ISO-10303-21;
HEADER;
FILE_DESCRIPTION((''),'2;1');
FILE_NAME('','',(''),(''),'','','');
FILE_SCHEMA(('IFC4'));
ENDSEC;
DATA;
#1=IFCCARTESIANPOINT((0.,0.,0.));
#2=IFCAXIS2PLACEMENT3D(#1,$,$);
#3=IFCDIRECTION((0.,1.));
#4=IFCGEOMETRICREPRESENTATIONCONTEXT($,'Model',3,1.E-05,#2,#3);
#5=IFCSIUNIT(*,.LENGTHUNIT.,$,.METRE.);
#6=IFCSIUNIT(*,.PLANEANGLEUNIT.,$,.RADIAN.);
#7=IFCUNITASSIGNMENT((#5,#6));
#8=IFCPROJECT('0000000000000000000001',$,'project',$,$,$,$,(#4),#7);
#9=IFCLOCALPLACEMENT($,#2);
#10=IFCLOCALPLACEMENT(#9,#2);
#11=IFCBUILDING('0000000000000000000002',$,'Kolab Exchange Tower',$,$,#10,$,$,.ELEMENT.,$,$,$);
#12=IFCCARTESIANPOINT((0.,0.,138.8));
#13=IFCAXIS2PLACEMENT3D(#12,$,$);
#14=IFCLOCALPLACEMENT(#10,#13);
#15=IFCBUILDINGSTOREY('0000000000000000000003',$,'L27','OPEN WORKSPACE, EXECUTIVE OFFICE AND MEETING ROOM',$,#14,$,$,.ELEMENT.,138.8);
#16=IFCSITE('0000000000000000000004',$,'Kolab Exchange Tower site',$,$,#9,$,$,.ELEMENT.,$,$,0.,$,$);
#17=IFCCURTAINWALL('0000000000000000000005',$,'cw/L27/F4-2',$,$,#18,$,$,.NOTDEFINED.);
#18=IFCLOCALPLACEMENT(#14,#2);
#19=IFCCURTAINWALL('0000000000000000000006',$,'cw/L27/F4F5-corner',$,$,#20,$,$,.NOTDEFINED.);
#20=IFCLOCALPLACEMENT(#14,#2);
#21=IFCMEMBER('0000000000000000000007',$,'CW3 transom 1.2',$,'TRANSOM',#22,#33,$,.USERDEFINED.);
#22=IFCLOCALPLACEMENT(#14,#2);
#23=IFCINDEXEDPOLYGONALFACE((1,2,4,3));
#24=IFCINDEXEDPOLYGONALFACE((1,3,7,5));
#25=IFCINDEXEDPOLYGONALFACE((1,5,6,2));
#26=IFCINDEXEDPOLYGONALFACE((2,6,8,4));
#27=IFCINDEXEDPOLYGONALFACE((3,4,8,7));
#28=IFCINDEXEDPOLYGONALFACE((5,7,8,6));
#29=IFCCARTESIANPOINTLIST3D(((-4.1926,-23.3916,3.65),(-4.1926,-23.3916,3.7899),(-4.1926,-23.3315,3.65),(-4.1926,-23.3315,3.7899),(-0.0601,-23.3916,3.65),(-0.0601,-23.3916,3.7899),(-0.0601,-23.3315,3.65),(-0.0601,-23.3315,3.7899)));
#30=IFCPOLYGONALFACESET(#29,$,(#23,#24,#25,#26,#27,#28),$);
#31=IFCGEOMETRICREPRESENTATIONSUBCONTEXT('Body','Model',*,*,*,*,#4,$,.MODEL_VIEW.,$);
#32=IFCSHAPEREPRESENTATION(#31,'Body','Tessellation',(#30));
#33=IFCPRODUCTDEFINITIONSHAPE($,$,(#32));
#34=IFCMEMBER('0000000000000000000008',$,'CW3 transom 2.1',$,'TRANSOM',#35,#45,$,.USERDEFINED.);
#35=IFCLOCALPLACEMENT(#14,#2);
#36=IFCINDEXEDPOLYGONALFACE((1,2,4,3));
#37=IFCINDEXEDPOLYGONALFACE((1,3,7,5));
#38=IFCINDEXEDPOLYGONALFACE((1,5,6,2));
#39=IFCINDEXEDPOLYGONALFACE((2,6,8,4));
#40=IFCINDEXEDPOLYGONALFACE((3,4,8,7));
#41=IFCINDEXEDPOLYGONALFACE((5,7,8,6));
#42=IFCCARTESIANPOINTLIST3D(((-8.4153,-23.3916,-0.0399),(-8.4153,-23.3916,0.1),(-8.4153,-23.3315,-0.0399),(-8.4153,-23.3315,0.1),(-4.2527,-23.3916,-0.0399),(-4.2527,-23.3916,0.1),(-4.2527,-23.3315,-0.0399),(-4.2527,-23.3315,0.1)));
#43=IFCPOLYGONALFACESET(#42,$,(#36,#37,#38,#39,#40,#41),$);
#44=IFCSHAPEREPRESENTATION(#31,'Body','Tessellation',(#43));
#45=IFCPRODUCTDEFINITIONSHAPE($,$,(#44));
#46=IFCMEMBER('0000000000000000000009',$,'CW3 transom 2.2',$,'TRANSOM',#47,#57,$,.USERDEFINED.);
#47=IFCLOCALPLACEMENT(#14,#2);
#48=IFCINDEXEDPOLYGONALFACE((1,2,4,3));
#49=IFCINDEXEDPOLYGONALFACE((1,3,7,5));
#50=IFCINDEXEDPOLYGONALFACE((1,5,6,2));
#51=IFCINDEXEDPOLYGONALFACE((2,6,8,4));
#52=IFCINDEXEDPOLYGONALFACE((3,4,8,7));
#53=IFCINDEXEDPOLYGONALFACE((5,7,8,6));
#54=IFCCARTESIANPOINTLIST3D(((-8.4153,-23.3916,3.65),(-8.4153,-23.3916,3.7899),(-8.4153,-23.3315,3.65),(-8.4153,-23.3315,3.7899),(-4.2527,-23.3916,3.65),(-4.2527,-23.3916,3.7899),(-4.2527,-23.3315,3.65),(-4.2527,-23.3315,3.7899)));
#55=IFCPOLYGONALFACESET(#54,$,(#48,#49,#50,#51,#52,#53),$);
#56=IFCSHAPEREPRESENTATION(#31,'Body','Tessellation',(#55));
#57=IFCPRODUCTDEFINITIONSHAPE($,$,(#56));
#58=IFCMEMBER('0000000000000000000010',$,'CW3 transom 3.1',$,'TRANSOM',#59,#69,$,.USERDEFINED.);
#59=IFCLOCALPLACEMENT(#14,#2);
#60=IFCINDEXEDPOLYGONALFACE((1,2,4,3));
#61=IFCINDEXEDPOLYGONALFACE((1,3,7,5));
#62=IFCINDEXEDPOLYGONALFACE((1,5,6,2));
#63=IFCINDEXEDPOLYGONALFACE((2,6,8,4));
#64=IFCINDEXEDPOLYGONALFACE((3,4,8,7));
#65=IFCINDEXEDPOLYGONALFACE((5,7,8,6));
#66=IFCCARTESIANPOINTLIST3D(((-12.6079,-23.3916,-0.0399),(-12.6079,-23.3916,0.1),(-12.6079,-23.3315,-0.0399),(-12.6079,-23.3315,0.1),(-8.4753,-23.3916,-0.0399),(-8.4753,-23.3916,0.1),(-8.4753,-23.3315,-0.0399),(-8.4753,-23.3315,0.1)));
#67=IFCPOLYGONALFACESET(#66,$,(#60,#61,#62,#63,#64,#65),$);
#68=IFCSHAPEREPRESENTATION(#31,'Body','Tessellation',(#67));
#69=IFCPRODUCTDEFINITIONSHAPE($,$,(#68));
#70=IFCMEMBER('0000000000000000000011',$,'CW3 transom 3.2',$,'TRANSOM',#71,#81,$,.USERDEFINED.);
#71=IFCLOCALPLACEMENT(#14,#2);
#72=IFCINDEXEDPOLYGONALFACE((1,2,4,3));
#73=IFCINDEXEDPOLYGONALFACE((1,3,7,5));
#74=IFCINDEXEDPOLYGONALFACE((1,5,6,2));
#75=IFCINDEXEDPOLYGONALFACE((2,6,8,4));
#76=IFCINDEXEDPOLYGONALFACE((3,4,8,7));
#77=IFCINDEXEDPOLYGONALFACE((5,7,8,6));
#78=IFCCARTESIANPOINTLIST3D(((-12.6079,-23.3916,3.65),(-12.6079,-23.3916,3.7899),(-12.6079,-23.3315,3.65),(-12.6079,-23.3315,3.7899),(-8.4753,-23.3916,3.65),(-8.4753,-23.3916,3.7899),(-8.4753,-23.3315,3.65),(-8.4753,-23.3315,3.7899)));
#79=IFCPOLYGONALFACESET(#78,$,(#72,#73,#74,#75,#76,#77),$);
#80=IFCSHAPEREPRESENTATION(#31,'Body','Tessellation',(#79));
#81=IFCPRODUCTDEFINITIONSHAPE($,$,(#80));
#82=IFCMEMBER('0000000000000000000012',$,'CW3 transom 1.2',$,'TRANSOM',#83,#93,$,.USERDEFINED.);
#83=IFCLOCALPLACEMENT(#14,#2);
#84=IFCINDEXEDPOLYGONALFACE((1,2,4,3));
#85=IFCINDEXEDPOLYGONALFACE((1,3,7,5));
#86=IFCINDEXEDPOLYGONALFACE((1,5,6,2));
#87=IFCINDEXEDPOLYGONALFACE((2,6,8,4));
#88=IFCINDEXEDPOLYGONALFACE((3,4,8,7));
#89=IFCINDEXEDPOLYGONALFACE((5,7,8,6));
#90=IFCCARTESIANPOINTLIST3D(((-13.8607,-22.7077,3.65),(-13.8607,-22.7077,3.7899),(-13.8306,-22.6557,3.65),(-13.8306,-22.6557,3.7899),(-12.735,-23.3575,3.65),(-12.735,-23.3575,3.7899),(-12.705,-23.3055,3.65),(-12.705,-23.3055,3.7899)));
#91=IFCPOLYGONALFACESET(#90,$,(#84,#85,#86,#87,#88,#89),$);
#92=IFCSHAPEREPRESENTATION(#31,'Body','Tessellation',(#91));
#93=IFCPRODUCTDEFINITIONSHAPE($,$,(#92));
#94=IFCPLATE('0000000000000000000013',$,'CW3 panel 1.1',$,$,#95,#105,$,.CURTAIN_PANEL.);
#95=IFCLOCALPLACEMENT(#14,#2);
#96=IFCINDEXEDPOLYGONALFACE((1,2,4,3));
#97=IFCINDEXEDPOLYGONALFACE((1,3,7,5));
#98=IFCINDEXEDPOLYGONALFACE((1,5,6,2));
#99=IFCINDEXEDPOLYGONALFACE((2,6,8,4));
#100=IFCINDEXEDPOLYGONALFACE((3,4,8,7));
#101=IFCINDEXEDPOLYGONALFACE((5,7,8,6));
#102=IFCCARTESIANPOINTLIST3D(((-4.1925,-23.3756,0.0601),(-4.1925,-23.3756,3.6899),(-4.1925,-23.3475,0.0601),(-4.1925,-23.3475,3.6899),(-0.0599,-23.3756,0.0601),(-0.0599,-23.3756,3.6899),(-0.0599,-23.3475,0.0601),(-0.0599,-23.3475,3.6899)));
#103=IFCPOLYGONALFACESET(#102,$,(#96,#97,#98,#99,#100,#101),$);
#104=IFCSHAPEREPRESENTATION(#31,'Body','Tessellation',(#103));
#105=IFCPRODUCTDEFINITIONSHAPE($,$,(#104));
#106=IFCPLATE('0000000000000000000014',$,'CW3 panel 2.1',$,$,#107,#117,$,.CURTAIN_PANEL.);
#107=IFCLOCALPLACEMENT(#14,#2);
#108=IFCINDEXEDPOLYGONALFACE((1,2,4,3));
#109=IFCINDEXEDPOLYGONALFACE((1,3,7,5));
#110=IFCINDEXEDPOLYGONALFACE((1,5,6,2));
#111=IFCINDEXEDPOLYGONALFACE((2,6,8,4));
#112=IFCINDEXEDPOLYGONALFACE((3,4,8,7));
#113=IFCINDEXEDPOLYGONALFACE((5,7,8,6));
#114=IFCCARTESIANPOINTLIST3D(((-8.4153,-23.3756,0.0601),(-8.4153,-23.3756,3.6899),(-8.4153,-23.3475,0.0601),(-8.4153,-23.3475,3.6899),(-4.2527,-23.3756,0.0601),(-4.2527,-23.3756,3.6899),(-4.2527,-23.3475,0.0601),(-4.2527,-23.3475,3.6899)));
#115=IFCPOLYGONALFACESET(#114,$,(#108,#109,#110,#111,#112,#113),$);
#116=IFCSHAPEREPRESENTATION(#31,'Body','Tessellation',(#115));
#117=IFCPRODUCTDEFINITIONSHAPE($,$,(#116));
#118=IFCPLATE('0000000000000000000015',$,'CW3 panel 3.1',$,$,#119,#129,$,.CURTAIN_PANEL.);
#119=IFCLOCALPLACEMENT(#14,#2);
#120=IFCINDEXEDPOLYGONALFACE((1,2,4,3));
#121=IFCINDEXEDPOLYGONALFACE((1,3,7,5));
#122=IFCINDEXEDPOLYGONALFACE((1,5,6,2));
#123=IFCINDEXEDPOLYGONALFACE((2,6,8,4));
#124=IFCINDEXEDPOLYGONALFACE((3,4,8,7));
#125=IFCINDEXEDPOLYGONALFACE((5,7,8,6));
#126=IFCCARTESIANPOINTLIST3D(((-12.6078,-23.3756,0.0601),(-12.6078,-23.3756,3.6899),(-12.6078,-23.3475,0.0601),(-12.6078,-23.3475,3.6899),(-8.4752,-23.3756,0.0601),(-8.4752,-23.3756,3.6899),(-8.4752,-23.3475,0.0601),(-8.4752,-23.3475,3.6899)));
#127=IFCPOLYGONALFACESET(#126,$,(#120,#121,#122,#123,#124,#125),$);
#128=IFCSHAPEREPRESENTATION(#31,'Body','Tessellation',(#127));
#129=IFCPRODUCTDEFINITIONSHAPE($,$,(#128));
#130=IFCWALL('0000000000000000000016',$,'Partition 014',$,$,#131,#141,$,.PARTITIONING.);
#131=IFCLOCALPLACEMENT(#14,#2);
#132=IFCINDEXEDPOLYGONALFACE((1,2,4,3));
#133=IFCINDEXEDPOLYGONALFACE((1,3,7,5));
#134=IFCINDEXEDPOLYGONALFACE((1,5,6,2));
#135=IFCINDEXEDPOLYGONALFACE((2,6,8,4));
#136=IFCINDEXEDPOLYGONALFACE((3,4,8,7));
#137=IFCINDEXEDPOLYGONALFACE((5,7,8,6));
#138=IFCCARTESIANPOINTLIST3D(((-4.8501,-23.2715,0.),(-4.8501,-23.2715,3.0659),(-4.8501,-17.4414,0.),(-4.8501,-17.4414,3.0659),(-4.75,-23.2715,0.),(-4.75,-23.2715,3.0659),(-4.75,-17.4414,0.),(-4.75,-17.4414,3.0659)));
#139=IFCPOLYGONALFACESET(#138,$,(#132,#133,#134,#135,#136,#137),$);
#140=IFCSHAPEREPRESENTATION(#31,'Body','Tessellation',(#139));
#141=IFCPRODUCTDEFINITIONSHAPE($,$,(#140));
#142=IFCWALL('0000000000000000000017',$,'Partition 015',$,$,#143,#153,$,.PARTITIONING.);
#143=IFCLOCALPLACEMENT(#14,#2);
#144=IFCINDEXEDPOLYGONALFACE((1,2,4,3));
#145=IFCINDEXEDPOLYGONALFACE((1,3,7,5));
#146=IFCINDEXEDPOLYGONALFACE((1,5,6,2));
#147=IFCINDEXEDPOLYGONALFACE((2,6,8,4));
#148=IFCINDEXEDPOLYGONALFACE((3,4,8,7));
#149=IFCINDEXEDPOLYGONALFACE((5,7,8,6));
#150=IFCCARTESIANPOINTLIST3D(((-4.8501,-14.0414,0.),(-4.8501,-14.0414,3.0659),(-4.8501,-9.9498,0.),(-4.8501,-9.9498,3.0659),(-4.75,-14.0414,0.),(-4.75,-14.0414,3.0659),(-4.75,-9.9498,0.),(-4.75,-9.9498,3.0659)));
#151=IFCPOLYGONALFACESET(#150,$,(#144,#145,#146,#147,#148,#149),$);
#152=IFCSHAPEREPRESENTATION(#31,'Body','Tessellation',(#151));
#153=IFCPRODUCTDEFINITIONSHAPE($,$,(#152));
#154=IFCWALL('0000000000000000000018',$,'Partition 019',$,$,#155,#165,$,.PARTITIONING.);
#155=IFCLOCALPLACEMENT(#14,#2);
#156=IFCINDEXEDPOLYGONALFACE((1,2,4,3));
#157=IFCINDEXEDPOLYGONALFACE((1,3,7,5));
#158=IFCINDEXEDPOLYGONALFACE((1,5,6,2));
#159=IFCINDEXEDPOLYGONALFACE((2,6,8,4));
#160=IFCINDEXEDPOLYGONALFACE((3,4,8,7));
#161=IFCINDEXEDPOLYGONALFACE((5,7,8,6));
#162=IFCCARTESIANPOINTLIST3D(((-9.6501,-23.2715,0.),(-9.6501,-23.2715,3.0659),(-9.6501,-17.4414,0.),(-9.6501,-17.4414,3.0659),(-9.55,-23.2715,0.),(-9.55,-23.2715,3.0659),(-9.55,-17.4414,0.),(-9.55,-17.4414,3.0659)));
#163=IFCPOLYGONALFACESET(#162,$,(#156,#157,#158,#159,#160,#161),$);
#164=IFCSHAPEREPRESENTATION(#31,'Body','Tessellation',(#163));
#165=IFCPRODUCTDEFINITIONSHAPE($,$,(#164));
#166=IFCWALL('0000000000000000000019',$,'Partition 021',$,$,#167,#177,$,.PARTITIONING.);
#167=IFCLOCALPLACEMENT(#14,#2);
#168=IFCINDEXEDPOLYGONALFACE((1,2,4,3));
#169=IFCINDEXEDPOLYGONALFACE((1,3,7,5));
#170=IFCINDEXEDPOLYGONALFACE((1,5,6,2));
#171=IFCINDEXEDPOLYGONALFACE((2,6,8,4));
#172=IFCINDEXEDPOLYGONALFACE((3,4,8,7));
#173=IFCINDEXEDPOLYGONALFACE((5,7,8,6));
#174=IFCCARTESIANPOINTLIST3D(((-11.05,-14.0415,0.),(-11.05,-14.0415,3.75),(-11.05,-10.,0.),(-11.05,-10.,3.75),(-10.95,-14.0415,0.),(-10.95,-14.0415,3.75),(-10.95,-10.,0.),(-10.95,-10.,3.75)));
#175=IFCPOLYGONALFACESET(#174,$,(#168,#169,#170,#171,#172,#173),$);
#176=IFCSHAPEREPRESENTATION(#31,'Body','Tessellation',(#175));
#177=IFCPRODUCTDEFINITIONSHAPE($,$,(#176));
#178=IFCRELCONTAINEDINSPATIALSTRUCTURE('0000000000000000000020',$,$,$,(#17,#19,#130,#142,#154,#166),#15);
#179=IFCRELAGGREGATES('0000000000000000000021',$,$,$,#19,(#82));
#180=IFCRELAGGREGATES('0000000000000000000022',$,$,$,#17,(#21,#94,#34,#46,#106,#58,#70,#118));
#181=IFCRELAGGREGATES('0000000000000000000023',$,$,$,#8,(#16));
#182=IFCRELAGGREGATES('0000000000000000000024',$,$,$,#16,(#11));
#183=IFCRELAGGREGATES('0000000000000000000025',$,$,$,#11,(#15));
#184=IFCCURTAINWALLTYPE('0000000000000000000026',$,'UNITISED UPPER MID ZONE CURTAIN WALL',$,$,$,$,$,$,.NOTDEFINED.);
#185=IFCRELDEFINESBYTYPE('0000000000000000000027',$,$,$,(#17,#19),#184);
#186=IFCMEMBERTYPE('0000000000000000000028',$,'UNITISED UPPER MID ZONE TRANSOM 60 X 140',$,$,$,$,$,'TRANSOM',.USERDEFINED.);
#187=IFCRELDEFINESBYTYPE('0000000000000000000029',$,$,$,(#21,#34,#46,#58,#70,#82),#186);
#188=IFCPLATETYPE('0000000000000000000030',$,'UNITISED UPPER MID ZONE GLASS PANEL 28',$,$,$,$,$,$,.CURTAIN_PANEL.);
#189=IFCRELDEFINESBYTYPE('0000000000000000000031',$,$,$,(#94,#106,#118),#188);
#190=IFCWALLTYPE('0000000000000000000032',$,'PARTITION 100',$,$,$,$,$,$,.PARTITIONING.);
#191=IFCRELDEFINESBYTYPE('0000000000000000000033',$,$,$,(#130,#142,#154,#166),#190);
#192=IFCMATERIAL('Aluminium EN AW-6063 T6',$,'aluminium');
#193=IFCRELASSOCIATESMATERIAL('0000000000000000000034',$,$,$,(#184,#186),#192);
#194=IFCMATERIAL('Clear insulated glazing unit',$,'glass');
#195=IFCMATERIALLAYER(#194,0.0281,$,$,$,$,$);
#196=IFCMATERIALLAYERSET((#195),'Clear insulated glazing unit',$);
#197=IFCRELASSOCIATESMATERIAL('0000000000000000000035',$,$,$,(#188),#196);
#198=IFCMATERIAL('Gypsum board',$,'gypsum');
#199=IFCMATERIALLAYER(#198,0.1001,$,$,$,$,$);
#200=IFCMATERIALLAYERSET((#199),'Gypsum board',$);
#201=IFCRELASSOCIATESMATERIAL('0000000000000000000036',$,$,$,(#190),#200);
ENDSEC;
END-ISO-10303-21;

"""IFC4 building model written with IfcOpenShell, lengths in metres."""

from ifc_helpers import new_model, si_unit, direction, frame, frame_2d, origin, origin_2d, place, context, subcontext, project, spatial, rectangle, extrude, material, layer, layer_set, material_profile, profile_set, type_object, element, aggregate, save


model = new_model("IFC4")

# Units and contexts
model_context = context("Model", 3, precision=1e-05, world=origin(), true_north=direction((0.0, 1.0)))
body_context = subcontext(model_context, "Body", "Model", "MODEL_VIEW")
ifc_project = project(units=[si_unit("LENGTHUNIT", "METRE"), si_unit("PLANEANGLEUNIT", "RADIAN")], contexts=[model_context])

# Site, building, storey
site_placement = place(None, origin())
site = spatial("IfcSite", under=ifc_project, at=site_placement, Name="Kolab Exchange Tower site", CompositionType="ELEMENT", RefElevation=0.0)
building_placement = place(site_placement, origin())
building = spatial("IfcBuilding", under=site, at=building_placement, Name="Kolab Exchange Tower", CompositionType="ELEMENT")
storey_placement = place(building_placement, frame((0.0, 0.0, 138.8)))
storey = spatial("IfcBuildingStorey", under=building, at=storey_placement, Name="L27", Description="OPEN WORKSPACE, EXECUTIVE OFFICE AND MEETING ROOM", CompositionType="ELEMENT", Elevation=138.8)

# Curtain wall
ifc_material_1 = material(Name="Aluminium EN AW-6063 T6", Category="aluminium")
curtain_wall_type = type_object("IfcCurtainWallType", Name="UNITISED UPPER MID ZONE CURTAIN WALL", PredefinedType="NOTDEFINED", material=ifc_material_1)
curtain_wall_1_placement = place(storey_placement, origin())
curtain_wall_1 = element("IfcCurtainWall", 1, at=curtain_wall_1_placement, inside=storey, type_object=curtain_wall_type, Name="cw/L27/F4-2", PredefinedType="NOTDEFINED")

# Curtain wall
curtain_wall_2_placement = place(storey_placement, origin())
curtain_wall_2 = element("IfcCurtainWall", 2, at=curtain_wall_2_placement, inside=storey, type_object=curtain_wall_type, Name="cw/L27/F4F5-corner", PredefinedType="NOTDEFINED")

# Members
ifc_material_profile_1 = material_profile(ifc_material_1, rectangle(XDim=0.0601, YDim=0.1399, at=origin_2d()), Name="RECT 60X140")
ifc_profile_set_1 = profile_set([ifc_material_profile_1], Name="Aluminium EN AW-6063 T6")
member_type_1 = type_object("IfcMemberType", Name="UNITISED UPPER MID ZONE TRANSOM 60 X 140", ElementType="TRANSOM", PredefinedType="USERDEFINED", material=ifc_profile_set_1)
member_1_placement = place(storey_placement, frame((-0.0601, -23.3616, 3.72), z_axis=(-1.0, 0.0, 0.0), x_axis=(0.0, -1.0, 0.0)))
member_1 = element("IfcMember", 3, at=member_1_placement, type_object=member_type_1, Name="CW3 transom 1.2", ObjectType="TRANSOM", PredefinedType="USERDEFINED", context=body_context, shape_type="SweptSolid", body=[
    extrude(rectangle(XDim=0.0601, YDim=0.1399, at=origin_2d()), origin(), (0.0, 0.0, 1.0), 4.1326),
])
member_2_placement = place(storey_placement, frame((-4.2527, -23.3616, 0.03), z_axis=(-1.0, 0.0, 0.0), x_axis=(0.0, -1.0, 0.0)))
member_2 = element("IfcMember", 4, at=member_2_placement, type_object=member_type_1, Name="CW3 transom 2.1", ObjectType="TRANSOM", PredefinedType="USERDEFINED", context=body_context, shape_type="SweptSolid", body=[
    extrude(rectangle(XDim=0.0601, YDim=0.1399, at=origin_2d()), origin(), (0.0, 0.0, 1.0), 4.1626),
])
member_3_placement = place(storey_placement, frame((-4.2527, -23.3616, 3.72), z_axis=(-1.0, 0.0, 0.0), x_axis=(0.0, -1.0, 0.0)))
member_3 = element("IfcMember", 5, at=member_3_placement, type_object=member_type_1, Name="CW3 transom 2.2", ObjectType="TRANSOM", PredefinedType="USERDEFINED", context=body_context, shape_type="SweptSolid", body=[
    extrude(rectangle(XDim=0.0601, YDim=0.1399, at=origin_2d()), origin(), (0.0, 0.0, 1.0), 4.1626),
])
member_4_placement = place(storey_placement, frame((-8.4753, -23.3616, 0.03), z_axis=(-1.0, 0.0, 0.0), x_axis=(0.0, -1.0, 0.0)))
member_4 = element("IfcMember", 6, at=member_4_placement, type_object=member_type_1, Name="CW3 transom 3.1", ObjectType="TRANSOM", PredefinedType="USERDEFINED", context=body_context, shape_type="SweptSolid", body=[
    extrude(rectangle(XDim=0.0601, YDim=0.1399, at=origin_2d()), origin(), (0.0, 0.0, 1.0), 4.1326),
])
member_5_placement = place(storey_placement, frame((-8.4753, -23.3616, 3.72), z_axis=(-1.0, 0.0, 0.0), x_axis=(0.0, -1.0, 0.0)))
member_5 = element("IfcMember", 7, at=member_5_placement, type_object=member_type_1, Name="CW3 transom 3.2", ObjectType="TRANSOM", PredefinedType="USERDEFINED", context=body_context, shape_type="SweptSolid", body=[
    extrude(rectangle(XDim=0.0601, YDim=0.1399, at=origin_2d()), origin(), (0.0, 0.0, 1.0), 4.1326),
])
member_6_placement = place(storey_placement, frame((-12.72, -23.3315, 3.72), z_axis=(-0.866039, 0.499977, 0.0), x_axis=(-0.499977, -0.866039, 0.0)))
member_6 = element("IfcMember", 8, at=member_6_placement, type_object=member_type_1, Name="CW3 transom 1.2", ObjectType="TRANSOM", PredefinedType="USERDEFINED", context=body_context, shape_type="SweptSolid", body=[
    extrude(rectangle(XDim=0.0601, YDim=0.1399, at=origin_2d()), origin(), (0.0, 0.0, 1.0), 1.2998),
])
aggregate(curtain_wall_2, [member_6])

# Plates
ifc_material_2 = material(Name="Clear insulated glazing unit", Category="glass")
ifc_layer_1 = layer(ifc_material_2, 0.0281)
ifc_layer_set_1 = layer_set([ifc_layer_1], Name="Clear insulated glazing unit")
plate_type = type_object("IfcPlateType", Name="UNITISED UPPER MID ZONE GLASS PANEL 28", PredefinedType="CURTAIN_PANEL", material=ifc_layer_set_1)
plate_1_placement = place(storey_placement, frame((-2.1262, -23.3616, 0.0601), z_axis=(0.0, 0.0, 1.0), x_axis=(-1.0, 0.0, 0.0)))
plate_1 = element("IfcPlate", 9, at=plate_1_placement, type_object=plate_type, Name="CW3 panel 1.1", PredefinedType="CURTAIN_PANEL", context=body_context, shape_type="SweptSolid", body=[
    extrude(rectangle(XDim=4.1326, YDim=0.0281, at=origin_2d()), origin(), (0.0, 0.0, 1.0), 3.6299),
])
plate_2_placement = place(storey_placement, frame((-6.334, -23.3616, 0.0601), z_axis=(0.0, 0.0, 1.0), x_axis=(-1.0, 0.0, 0.0)))
plate_2 = element("IfcPlate", 10, at=plate_2_placement, type_object=plate_type, Name="CW3 panel 2.1", PredefinedType="CURTAIN_PANEL", context=body_context, shape_type="SweptSolid", body=[
    extrude(rectangle(XDim=4.1626, YDim=0.0281, at=origin_2d()), origin(), (0.0, 0.0, 1.0), 3.6299),
])
plate_3_placement = place(storey_placement, frame((-10.5415, -23.3616, 0.0601), z_axis=(0.0, 0.0, 1.0), x_axis=(-1.0, 0.0, 0.0)))
plate_3 = element("IfcPlate", 11, at=plate_3_placement, type_object=plate_type, Name="CW3 panel 3.1", PredefinedType="CURTAIN_PANEL", context=body_context, shape_type="SweptSolid", body=[
    extrude(rectangle(XDim=4.1326, YDim=0.0281, at=origin_2d()), origin(), (0.0, 0.0, 1.0), 3.6299),
])
aggregate(curtain_wall_1, [member_1, plate_1, member_2, member_3, plate_2, member_4, member_5, plate_3])

# Walls
ifc_material_3 = material(Name="Gypsum board", Category="gypsum")
ifc_layer_2 = layer(ifc_material_3, 0.1001)
ifc_layer_set_2 = layer_set([ifc_layer_2], Name="Gypsum board")
wall_type = type_object("IfcWallType", Name="PARTITION 100", PredefinedType="PARTITIONING", material=ifc_layer_set_2)
wall_1_placement = place(storey_placement, frame((-4.8, -23.2715, 0.0), z_axis=(0.0, 0.0, 1.0), x_axis=(0.0, 1.0, 0.0)))
element("IfcWall", 12, at=wall_1_placement, inside=storey, type_object=wall_type, Name="Partition 014", PredefinedType="PARTITIONING", context=body_context, shape_type="SweptSolid", body=[
    extrude(rectangle(XDim=5.8301, YDim=0.1001, at=frame_2d((2.915, 0.0))), origin(), (0.0, 0.0, 1.0), 3.0659),
])
wall_2_placement = place(storey_placement, frame((-4.8, -14.0415, 0.0), z_axis=(0.0, 0.0, 1.0), x_axis=(0.0, 1.0, 0.0)))
element("IfcWall", 13, at=wall_2_placement, inside=storey, type_object=wall_type, Name="Partition 015", PredefinedType="PARTITIONING", context=body_context, shape_type="SweptSolid", body=[
    extrude(rectangle(XDim=4.0916, YDim=0.1001, at=frame_2d((2.0459, 0.0))), origin(), (0.0, 0.0, 1.0), 3.0659),
])
wall_3_placement = place(storey_placement, frame((-9.6001, -23.2715, 0.0), z_axis=(0.0, 0.0, 1.0), x_axis=(0.0, 1.0, 0.0)))
element("IfcWall", 14, at=wall_3_placement, inside=storey, type_object=wall_type, Name="Partition 019", PredefinedType="PARTITIONING", context=body_context, shape_type="SweptSolid", body=[
    extrude(rectangle(XDim=5.8301, YDim=0.1001, at=frame_2d((2.915, 0.0))), origin(), (0.0, 0.0, 1.0), 3.0659),
])
wall_4_placement = place(storey_placement, frame((-11.0, -14.0415, 0.0), z_axis=(0.0, 0.0, 1.0), x_axis=(0.0, 1.0, 0.0)))
element("IfcWall", 15, at=wall_4_placement, inside=storey, type_object=wall_type, Name="Partition 021", PredefinedType="PARTITIONING", context=body_context, shape_type="SweptSolid", body=[
    extrude(rectangle(XDim=4.0415, YDim=0.1001, at=frame_2d((2.0208, 0.0))), origin(), (0.0, 0.0, 1.0), 3.75),
])

save(model, "model.ifc")
